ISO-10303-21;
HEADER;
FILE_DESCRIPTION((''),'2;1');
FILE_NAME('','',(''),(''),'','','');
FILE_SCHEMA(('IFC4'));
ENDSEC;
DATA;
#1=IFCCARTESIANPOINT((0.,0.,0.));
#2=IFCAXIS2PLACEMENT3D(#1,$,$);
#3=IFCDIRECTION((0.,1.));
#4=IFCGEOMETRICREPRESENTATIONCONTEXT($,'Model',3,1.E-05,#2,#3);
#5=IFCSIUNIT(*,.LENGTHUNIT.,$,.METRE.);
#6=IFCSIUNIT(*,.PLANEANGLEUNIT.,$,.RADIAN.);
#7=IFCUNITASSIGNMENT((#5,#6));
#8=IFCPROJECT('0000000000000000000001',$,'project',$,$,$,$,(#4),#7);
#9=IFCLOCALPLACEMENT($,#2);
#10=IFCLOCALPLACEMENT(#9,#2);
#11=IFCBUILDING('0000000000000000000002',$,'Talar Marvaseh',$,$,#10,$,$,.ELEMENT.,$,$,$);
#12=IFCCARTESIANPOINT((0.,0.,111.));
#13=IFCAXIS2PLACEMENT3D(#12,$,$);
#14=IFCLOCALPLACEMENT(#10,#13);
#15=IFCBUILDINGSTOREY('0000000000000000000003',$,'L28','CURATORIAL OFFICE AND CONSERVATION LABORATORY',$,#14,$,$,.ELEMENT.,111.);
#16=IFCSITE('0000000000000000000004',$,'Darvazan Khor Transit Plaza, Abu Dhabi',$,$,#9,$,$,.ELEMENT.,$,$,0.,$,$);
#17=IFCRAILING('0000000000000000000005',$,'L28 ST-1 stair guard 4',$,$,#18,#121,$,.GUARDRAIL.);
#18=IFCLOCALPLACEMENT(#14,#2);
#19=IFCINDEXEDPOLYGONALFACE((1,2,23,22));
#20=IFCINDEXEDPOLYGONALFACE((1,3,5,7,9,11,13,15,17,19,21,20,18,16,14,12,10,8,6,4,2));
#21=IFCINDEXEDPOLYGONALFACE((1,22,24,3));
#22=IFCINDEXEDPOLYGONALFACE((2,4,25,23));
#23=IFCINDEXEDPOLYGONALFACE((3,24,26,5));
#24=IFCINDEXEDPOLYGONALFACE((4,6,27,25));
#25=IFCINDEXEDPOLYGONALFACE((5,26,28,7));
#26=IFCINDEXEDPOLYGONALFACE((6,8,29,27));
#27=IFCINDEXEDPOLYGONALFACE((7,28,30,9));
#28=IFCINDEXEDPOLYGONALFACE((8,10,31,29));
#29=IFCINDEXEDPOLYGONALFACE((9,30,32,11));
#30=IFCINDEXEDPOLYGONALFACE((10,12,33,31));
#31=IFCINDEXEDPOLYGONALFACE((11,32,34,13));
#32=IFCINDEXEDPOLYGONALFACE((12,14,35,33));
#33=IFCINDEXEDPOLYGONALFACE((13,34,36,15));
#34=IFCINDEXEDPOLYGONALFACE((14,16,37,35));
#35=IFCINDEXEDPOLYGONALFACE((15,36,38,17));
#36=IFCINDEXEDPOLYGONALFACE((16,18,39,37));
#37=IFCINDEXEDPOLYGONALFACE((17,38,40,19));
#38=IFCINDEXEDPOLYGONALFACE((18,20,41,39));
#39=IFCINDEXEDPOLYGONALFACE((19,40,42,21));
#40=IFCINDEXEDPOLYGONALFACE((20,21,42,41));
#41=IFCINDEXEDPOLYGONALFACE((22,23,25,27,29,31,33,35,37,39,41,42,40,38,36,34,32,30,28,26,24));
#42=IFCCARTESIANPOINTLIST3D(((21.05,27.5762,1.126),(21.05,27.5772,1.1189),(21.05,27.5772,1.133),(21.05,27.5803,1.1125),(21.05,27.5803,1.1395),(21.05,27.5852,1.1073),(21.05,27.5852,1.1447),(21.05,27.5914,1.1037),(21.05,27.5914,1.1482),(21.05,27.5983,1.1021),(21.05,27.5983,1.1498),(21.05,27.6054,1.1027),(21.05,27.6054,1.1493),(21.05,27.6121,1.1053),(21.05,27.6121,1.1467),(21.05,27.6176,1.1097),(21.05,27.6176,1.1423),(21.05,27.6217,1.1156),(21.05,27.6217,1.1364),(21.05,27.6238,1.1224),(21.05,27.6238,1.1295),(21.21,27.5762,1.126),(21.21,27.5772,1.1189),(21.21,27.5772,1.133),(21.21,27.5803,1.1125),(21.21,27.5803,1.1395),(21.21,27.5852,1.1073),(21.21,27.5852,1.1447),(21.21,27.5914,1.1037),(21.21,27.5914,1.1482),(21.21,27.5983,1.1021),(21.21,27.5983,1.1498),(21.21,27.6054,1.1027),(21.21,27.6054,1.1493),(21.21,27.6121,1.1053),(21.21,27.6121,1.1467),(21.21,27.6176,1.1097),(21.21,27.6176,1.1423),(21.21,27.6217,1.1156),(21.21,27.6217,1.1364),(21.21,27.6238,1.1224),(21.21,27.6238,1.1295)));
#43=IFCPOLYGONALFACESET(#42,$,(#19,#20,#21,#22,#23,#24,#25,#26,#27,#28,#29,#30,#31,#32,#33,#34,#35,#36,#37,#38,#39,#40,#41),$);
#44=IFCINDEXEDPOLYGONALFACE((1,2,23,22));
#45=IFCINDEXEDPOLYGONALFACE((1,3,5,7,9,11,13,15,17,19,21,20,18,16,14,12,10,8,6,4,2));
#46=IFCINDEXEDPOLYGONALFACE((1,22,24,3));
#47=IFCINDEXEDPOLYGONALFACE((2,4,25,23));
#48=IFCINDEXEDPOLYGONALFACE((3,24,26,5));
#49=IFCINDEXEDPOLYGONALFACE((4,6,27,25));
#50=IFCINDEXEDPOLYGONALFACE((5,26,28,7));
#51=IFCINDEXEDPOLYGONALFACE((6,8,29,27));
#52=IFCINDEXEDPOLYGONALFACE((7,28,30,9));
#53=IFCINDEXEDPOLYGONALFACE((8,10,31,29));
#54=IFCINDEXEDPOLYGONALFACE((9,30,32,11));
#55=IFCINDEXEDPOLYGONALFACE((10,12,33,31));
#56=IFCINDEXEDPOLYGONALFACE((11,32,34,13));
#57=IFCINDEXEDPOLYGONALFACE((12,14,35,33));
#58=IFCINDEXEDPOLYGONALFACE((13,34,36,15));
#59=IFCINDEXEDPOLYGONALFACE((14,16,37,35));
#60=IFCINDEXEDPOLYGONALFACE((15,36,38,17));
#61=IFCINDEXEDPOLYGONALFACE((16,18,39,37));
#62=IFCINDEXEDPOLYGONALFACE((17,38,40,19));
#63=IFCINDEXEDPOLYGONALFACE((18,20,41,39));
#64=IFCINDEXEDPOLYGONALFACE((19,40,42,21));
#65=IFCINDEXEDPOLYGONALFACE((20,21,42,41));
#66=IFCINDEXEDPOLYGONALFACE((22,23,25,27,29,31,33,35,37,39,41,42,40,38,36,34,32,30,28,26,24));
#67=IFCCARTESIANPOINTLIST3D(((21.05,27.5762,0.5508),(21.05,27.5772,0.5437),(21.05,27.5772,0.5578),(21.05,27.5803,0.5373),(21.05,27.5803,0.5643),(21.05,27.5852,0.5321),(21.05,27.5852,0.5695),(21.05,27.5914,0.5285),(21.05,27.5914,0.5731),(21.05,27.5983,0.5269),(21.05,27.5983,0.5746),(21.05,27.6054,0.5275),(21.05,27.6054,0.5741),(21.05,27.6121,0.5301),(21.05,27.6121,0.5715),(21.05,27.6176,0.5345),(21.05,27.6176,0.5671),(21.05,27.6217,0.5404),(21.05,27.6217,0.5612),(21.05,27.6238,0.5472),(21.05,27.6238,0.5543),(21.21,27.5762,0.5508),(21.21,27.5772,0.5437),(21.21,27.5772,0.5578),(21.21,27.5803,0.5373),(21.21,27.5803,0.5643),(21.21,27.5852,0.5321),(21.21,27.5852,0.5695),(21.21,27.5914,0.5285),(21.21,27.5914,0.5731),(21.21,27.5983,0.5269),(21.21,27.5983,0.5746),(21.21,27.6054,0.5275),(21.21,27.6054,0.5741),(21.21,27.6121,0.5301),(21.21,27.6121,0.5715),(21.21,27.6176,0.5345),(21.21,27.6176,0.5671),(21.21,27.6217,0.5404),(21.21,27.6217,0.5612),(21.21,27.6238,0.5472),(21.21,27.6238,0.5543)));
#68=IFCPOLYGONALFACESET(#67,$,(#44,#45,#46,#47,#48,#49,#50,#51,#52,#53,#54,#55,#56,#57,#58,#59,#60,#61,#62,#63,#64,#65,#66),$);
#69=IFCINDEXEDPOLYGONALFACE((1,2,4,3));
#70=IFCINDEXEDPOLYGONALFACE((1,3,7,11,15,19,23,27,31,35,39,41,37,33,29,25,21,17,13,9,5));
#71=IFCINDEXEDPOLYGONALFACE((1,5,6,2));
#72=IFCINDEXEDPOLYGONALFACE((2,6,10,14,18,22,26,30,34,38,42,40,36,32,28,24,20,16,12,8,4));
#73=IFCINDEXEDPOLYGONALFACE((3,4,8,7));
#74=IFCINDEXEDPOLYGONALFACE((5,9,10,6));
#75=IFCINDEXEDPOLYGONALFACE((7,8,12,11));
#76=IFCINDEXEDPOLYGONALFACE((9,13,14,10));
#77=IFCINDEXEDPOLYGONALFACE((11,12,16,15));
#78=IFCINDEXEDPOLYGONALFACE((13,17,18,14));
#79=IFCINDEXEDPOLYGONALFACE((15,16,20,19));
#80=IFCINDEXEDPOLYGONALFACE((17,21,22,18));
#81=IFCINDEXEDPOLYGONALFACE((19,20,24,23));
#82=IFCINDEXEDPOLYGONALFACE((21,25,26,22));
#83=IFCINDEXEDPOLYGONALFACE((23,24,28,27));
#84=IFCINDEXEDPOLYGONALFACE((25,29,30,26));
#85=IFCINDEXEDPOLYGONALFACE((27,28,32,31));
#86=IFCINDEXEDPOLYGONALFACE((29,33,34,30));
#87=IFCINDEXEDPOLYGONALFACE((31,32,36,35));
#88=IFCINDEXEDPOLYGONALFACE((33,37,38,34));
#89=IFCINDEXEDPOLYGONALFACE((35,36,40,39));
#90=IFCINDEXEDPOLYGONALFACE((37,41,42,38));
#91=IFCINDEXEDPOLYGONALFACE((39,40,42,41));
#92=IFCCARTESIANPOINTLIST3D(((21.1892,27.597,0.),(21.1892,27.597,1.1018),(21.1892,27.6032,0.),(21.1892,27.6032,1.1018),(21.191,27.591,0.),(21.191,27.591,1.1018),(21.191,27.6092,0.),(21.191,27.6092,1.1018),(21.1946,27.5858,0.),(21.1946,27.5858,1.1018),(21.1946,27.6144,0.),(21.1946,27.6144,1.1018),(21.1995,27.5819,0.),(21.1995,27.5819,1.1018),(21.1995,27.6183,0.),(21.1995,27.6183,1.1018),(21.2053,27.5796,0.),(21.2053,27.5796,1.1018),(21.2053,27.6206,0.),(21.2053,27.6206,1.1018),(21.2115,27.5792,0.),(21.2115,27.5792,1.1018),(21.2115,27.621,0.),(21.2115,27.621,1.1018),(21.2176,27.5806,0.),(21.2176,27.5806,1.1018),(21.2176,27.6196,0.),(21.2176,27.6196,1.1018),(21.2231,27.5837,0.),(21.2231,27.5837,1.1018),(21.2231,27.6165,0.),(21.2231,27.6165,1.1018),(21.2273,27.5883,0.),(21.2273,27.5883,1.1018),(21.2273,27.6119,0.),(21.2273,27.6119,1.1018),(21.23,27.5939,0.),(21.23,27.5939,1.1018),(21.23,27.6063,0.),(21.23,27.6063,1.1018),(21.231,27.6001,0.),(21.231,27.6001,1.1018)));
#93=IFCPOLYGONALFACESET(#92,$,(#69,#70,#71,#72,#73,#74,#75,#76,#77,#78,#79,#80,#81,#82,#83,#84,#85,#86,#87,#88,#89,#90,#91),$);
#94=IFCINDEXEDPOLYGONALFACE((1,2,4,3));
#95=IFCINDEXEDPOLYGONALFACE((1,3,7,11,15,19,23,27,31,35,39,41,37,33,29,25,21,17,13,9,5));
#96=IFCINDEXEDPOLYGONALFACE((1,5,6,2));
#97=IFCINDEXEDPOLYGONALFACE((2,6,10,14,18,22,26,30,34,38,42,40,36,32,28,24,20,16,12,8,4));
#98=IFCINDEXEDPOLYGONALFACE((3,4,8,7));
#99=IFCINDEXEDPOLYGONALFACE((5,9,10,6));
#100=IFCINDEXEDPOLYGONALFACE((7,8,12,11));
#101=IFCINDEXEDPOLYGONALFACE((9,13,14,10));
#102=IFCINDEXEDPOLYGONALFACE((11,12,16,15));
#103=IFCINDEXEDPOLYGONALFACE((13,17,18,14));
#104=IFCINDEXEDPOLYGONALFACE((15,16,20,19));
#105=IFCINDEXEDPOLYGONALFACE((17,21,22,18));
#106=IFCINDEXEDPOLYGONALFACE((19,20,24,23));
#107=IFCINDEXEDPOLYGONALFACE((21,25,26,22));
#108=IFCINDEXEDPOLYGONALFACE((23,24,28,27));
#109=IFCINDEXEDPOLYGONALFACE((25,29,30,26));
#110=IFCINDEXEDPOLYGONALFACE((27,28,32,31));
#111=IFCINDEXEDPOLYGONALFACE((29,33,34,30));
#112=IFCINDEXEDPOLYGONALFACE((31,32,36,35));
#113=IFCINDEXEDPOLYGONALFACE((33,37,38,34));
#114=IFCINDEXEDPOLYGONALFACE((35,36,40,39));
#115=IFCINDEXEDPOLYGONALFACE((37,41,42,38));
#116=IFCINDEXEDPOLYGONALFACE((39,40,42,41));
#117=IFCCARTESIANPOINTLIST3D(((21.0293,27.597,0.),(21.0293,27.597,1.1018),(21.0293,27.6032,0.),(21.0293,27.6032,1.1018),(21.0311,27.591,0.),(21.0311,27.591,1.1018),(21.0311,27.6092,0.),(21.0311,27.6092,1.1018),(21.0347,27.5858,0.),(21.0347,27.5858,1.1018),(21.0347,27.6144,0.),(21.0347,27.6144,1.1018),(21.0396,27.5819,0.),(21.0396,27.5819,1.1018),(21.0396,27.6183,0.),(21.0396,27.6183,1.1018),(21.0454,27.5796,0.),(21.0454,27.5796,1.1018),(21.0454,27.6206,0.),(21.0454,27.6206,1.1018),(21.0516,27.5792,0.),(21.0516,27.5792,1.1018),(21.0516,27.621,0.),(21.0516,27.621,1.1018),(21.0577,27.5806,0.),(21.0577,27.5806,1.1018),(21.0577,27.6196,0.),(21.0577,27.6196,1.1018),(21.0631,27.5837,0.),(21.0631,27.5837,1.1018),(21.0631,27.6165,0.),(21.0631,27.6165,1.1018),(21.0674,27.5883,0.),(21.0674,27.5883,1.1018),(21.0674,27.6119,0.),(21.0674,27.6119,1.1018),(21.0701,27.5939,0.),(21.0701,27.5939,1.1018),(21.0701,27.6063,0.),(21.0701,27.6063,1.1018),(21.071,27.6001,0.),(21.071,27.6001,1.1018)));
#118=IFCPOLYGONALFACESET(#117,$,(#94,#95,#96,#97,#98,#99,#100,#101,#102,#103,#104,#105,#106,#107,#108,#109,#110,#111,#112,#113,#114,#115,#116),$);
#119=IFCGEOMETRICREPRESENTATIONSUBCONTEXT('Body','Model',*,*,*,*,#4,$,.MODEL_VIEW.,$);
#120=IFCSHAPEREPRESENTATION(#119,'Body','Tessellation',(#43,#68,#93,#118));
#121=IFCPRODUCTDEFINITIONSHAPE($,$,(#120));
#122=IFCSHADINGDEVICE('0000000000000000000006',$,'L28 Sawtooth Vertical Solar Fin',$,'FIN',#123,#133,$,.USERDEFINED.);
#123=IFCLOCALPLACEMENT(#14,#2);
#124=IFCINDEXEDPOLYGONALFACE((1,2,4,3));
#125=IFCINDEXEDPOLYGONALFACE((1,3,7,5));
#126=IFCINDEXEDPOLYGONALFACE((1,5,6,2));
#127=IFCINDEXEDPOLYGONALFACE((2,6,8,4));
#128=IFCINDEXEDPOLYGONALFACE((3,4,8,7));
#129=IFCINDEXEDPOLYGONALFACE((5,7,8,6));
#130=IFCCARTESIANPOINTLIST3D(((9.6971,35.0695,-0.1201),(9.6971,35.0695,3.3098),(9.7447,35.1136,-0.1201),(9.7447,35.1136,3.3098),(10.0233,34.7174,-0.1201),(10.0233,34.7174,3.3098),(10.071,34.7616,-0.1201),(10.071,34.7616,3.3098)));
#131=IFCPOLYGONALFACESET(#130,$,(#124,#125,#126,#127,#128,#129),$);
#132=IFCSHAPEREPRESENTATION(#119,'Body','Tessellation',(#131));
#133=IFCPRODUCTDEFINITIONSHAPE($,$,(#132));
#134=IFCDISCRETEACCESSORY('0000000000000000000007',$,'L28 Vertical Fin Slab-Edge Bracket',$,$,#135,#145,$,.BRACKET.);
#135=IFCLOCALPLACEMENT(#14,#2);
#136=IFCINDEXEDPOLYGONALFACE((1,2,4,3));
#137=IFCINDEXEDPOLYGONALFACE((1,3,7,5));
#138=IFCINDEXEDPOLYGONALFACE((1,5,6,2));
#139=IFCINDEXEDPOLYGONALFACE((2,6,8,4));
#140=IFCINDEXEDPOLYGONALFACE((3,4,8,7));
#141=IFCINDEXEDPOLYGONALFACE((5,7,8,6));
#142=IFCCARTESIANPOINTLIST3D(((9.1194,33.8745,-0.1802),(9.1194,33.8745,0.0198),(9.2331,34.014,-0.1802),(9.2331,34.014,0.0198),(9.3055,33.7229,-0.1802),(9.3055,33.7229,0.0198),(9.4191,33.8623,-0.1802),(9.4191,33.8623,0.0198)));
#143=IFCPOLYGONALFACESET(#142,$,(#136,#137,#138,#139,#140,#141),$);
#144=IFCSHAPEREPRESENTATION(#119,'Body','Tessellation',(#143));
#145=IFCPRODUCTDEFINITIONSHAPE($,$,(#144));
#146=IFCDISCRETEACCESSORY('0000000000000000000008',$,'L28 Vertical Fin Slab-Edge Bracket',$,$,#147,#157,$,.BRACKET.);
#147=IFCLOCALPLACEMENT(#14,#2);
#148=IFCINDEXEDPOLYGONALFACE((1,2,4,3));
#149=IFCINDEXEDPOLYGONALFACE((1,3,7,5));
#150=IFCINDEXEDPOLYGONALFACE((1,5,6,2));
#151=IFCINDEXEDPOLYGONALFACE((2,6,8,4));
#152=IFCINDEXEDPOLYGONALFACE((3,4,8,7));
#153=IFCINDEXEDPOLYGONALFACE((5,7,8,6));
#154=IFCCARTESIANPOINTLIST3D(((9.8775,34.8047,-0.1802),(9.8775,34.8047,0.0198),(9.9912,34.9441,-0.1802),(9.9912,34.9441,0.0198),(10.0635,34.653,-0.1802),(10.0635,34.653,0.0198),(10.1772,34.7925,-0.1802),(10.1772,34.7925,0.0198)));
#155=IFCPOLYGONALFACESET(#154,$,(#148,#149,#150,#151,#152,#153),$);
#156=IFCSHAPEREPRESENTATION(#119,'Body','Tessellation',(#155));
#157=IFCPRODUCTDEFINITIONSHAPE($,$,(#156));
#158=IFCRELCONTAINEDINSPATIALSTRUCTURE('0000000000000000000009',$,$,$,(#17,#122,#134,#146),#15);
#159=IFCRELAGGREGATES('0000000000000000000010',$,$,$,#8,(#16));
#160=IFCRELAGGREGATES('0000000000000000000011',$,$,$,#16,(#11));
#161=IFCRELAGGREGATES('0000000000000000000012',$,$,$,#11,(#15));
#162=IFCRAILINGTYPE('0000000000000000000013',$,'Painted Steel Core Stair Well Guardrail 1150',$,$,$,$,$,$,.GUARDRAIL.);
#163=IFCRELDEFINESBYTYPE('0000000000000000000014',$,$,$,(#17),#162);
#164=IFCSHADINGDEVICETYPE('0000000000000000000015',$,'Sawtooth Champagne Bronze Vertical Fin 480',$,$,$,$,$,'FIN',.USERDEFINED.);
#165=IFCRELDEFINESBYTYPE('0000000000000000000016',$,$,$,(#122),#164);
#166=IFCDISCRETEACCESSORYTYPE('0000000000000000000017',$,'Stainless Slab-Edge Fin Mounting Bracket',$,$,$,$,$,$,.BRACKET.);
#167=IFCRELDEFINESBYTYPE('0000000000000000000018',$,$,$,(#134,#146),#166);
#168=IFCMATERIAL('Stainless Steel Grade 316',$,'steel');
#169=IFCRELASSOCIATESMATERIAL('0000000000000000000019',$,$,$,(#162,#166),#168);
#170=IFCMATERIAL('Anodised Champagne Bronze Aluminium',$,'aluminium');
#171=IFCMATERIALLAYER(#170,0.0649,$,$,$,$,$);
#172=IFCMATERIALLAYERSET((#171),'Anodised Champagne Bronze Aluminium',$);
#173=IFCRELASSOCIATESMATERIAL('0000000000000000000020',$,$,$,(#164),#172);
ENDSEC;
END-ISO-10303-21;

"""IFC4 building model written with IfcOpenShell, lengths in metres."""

from ifc_helpers import new_model, si_unit, direction, frame, origin, origin_2d, place, context, subcontext, project, spatial, rectangle, circle, extrude, source, transform, mapped, material, layer, layer_set, type_object, type_shapes, element, save


model = new_model("IFC4")

# Units and contexts
model_context = context("Model", 3, precision=1e-05, world=origin(), true_north=direction((0.0, 1.0)))
body_context = subcontext(model_context, "Body", "Model", "MODEL_VIEW")
ifc_project = project(units=[si_unit("LENGTHUNIT", "METRE"), si_unit("PLANEANGLEUNIT", "RADIAN")], contexts=[model_context])

# Site, building, storey
site_placement = place(None, origin())
site = spatial("IfcSite", under=ifc_project, at=site_placement, Name="Darvazan Khor Transit Plaza, Abu Dhabi", CompositionType="ELEMENT", RefElevation=0.0)
building_placement = place(site_placement, origin())
building = spatial("IfcBuilding", under=site, at=building_placement, Name="Talar Marvaseh", CompositionType="ELEMENT")
storey_placement = place(building_placement, frame((0.0, 0.0, 111.0)))
storey = spatial("IfcBuildingStorey", under=building, at=storey_placement, Name="L28", Description="CURATORIAL OFFICE AND CONSERVATION LABORATORY", CompositionType="ELEMENT", Elevation=111.0)

# Railing
ifc_material_1 = material(Name="Stainless Steel Grade 316", Category="steel")
railing_type_1 = type_object("IfcRailingType", Name="Painted Steel Core Stair Well Guardrail 1150", PredefinedType="GUARDRAIL", material=ifc_material_1)
railing_1_placement = place(storey_placement, frame((21.21, 27.6001, 0.0)))
element("IfcRailing", 1, at=railing_1_placement, inside=storey, type_object=railing_type_1, Name="L28 ST-1 stair guard 4", PredefinedType="GUARDRAIL", context=body_context, shape_type="SweptSolid", body=[
    extrude(circle(Radius=0.0239, at=origin_2d()), frame((0.0, 0.0, 1.126), z_axis=(-1.0, 0.0, 0.0), x_axis=(0.0, -1.0, 0.0)), (0.0, 0.0, 1.0), 0.1599),
    extrude(circle(Radius=0.0239, at=origin_2d()), frame((0.0, 0.0, 0.5508), z_axis=(-1.0, 0.0, 0.0), x_axis=(0.0, -1.0, 0.0)), (0.0, 0.0, 1.0), 0.1599),
    extrude(circle(Radius=0.021, at=origin_2d()), origin(), (0.0, 0.0, 1.0), 1.1018),
    extrude(circle(Radius=0.021, at=origin_2d()), frame((-0.1599, 0.0, 0.0)), (0.0, 0.0, 1.0), 1.1018),
])

# Shading device
ifc_material_2 = material(Name="Anodised Champagne Bronze Aluminium", Category="aluminium")
ifc_layer_1 = layer(ifc_material_2, 0.0649)
ifc_layer_set_1 = layer_set([ifc_layer_1], Name="Anodised Champagne Bronze Aluminium")
shading_device_type = type_object("IfcShadingDeviceType", Name="Sawtooth Champagne Bronze Vertical Fin 480", ElementType="FIN", PredefinedType="USERDEFINED", material=ifc_layer_set_1)
shared_shape_1 = source(origin(), body_context, "Body", "SweptSolid", [
    extrude(rectangle(XDim=0.48, YDim=0.0649, at=origin_2d()), origin(), (0.0, 0.0, 1.0), 3.4299),
])
type_shapes(shading_device_type, [shared_shape_1])
shading_device_placement = place(storey_placement, frame((9.884, 34.9155, -0.1201), z_axis=(0.0, 0.0, 1.0), x_axis=(-0.679697, 0.733493, 0.0)))
element("IfcShadingDevice", 2, at=shading_device_placement, inside=storey, type_object=shading_device_type, Name="L28 Sawtooth Vertical Solar Fin", ObjectType="FIN", PredefinedType="USERDEFINED", context=body_context, shape_type="MappedRepresentation", body=[
    mapped(shared_shape_1, transform((0.0, 0.0, 0.0), x_axis=(1.0, 0.0, 0.0), y_axis=(0.0, 1.0, 0.0), z_axis=(0.0, 0.0, 1.0), scale=1.0)),
])

# Discrete accessories
discrete_accessory_type = type_object("IfcDiscreteAccessoryType", Name="Stainless Slab-Edge Fin Mounting Bracket", PredefinedType="BRACKET", material=ifc_material_1)
shared_shape_2 = source(origin(), body_context, "Body", "SweptSolid", [
    extrude(rectangle(XDim=0.24, YDim=0.1799, at=origin_2d()), origin(), (0.0, 0.0, 1.0), 0.2),
])
type_shapes(discrete_accessory_type, [shared_shape_2])
for number, where, z_axis, x_axis, name in (
    (3, (9.2693, 33.8684, -0.1802), (0.0, 0.0, 1.0), (-0.775165, 0.631759, 0.0), "L28 Vertical Fin Slab-Edge Bracket"),
    (4, (10.0273, 34.7986, -0.1802), (0.0, 0.0, 1.0), (-0.775165, 0.631759, 0.0), "L28 Vertical Fin Slab-Edge Bracket"),
):
    element("IfcDiscreteAccessory", number, at=place(storey_placement, frame(where, z_axis=z_axis, x_axis=x_axis)), inside=storey, type_object=discrete_accessory_type, Name=name, PredefinedType="BRACKET", context=body_context, shape_type="MappedRepresentation", body=[
        mapped(shared_shape_2, transform((0.0, 0.0, 0.0), x_axis=(1.0, 0.0, 0.0), y_axis=(0.0, 1.0, 0.0), z_axis=(0.0, 0.0, 1.0), scale=1.0)),
    ])

save(model, "model.ifc")
